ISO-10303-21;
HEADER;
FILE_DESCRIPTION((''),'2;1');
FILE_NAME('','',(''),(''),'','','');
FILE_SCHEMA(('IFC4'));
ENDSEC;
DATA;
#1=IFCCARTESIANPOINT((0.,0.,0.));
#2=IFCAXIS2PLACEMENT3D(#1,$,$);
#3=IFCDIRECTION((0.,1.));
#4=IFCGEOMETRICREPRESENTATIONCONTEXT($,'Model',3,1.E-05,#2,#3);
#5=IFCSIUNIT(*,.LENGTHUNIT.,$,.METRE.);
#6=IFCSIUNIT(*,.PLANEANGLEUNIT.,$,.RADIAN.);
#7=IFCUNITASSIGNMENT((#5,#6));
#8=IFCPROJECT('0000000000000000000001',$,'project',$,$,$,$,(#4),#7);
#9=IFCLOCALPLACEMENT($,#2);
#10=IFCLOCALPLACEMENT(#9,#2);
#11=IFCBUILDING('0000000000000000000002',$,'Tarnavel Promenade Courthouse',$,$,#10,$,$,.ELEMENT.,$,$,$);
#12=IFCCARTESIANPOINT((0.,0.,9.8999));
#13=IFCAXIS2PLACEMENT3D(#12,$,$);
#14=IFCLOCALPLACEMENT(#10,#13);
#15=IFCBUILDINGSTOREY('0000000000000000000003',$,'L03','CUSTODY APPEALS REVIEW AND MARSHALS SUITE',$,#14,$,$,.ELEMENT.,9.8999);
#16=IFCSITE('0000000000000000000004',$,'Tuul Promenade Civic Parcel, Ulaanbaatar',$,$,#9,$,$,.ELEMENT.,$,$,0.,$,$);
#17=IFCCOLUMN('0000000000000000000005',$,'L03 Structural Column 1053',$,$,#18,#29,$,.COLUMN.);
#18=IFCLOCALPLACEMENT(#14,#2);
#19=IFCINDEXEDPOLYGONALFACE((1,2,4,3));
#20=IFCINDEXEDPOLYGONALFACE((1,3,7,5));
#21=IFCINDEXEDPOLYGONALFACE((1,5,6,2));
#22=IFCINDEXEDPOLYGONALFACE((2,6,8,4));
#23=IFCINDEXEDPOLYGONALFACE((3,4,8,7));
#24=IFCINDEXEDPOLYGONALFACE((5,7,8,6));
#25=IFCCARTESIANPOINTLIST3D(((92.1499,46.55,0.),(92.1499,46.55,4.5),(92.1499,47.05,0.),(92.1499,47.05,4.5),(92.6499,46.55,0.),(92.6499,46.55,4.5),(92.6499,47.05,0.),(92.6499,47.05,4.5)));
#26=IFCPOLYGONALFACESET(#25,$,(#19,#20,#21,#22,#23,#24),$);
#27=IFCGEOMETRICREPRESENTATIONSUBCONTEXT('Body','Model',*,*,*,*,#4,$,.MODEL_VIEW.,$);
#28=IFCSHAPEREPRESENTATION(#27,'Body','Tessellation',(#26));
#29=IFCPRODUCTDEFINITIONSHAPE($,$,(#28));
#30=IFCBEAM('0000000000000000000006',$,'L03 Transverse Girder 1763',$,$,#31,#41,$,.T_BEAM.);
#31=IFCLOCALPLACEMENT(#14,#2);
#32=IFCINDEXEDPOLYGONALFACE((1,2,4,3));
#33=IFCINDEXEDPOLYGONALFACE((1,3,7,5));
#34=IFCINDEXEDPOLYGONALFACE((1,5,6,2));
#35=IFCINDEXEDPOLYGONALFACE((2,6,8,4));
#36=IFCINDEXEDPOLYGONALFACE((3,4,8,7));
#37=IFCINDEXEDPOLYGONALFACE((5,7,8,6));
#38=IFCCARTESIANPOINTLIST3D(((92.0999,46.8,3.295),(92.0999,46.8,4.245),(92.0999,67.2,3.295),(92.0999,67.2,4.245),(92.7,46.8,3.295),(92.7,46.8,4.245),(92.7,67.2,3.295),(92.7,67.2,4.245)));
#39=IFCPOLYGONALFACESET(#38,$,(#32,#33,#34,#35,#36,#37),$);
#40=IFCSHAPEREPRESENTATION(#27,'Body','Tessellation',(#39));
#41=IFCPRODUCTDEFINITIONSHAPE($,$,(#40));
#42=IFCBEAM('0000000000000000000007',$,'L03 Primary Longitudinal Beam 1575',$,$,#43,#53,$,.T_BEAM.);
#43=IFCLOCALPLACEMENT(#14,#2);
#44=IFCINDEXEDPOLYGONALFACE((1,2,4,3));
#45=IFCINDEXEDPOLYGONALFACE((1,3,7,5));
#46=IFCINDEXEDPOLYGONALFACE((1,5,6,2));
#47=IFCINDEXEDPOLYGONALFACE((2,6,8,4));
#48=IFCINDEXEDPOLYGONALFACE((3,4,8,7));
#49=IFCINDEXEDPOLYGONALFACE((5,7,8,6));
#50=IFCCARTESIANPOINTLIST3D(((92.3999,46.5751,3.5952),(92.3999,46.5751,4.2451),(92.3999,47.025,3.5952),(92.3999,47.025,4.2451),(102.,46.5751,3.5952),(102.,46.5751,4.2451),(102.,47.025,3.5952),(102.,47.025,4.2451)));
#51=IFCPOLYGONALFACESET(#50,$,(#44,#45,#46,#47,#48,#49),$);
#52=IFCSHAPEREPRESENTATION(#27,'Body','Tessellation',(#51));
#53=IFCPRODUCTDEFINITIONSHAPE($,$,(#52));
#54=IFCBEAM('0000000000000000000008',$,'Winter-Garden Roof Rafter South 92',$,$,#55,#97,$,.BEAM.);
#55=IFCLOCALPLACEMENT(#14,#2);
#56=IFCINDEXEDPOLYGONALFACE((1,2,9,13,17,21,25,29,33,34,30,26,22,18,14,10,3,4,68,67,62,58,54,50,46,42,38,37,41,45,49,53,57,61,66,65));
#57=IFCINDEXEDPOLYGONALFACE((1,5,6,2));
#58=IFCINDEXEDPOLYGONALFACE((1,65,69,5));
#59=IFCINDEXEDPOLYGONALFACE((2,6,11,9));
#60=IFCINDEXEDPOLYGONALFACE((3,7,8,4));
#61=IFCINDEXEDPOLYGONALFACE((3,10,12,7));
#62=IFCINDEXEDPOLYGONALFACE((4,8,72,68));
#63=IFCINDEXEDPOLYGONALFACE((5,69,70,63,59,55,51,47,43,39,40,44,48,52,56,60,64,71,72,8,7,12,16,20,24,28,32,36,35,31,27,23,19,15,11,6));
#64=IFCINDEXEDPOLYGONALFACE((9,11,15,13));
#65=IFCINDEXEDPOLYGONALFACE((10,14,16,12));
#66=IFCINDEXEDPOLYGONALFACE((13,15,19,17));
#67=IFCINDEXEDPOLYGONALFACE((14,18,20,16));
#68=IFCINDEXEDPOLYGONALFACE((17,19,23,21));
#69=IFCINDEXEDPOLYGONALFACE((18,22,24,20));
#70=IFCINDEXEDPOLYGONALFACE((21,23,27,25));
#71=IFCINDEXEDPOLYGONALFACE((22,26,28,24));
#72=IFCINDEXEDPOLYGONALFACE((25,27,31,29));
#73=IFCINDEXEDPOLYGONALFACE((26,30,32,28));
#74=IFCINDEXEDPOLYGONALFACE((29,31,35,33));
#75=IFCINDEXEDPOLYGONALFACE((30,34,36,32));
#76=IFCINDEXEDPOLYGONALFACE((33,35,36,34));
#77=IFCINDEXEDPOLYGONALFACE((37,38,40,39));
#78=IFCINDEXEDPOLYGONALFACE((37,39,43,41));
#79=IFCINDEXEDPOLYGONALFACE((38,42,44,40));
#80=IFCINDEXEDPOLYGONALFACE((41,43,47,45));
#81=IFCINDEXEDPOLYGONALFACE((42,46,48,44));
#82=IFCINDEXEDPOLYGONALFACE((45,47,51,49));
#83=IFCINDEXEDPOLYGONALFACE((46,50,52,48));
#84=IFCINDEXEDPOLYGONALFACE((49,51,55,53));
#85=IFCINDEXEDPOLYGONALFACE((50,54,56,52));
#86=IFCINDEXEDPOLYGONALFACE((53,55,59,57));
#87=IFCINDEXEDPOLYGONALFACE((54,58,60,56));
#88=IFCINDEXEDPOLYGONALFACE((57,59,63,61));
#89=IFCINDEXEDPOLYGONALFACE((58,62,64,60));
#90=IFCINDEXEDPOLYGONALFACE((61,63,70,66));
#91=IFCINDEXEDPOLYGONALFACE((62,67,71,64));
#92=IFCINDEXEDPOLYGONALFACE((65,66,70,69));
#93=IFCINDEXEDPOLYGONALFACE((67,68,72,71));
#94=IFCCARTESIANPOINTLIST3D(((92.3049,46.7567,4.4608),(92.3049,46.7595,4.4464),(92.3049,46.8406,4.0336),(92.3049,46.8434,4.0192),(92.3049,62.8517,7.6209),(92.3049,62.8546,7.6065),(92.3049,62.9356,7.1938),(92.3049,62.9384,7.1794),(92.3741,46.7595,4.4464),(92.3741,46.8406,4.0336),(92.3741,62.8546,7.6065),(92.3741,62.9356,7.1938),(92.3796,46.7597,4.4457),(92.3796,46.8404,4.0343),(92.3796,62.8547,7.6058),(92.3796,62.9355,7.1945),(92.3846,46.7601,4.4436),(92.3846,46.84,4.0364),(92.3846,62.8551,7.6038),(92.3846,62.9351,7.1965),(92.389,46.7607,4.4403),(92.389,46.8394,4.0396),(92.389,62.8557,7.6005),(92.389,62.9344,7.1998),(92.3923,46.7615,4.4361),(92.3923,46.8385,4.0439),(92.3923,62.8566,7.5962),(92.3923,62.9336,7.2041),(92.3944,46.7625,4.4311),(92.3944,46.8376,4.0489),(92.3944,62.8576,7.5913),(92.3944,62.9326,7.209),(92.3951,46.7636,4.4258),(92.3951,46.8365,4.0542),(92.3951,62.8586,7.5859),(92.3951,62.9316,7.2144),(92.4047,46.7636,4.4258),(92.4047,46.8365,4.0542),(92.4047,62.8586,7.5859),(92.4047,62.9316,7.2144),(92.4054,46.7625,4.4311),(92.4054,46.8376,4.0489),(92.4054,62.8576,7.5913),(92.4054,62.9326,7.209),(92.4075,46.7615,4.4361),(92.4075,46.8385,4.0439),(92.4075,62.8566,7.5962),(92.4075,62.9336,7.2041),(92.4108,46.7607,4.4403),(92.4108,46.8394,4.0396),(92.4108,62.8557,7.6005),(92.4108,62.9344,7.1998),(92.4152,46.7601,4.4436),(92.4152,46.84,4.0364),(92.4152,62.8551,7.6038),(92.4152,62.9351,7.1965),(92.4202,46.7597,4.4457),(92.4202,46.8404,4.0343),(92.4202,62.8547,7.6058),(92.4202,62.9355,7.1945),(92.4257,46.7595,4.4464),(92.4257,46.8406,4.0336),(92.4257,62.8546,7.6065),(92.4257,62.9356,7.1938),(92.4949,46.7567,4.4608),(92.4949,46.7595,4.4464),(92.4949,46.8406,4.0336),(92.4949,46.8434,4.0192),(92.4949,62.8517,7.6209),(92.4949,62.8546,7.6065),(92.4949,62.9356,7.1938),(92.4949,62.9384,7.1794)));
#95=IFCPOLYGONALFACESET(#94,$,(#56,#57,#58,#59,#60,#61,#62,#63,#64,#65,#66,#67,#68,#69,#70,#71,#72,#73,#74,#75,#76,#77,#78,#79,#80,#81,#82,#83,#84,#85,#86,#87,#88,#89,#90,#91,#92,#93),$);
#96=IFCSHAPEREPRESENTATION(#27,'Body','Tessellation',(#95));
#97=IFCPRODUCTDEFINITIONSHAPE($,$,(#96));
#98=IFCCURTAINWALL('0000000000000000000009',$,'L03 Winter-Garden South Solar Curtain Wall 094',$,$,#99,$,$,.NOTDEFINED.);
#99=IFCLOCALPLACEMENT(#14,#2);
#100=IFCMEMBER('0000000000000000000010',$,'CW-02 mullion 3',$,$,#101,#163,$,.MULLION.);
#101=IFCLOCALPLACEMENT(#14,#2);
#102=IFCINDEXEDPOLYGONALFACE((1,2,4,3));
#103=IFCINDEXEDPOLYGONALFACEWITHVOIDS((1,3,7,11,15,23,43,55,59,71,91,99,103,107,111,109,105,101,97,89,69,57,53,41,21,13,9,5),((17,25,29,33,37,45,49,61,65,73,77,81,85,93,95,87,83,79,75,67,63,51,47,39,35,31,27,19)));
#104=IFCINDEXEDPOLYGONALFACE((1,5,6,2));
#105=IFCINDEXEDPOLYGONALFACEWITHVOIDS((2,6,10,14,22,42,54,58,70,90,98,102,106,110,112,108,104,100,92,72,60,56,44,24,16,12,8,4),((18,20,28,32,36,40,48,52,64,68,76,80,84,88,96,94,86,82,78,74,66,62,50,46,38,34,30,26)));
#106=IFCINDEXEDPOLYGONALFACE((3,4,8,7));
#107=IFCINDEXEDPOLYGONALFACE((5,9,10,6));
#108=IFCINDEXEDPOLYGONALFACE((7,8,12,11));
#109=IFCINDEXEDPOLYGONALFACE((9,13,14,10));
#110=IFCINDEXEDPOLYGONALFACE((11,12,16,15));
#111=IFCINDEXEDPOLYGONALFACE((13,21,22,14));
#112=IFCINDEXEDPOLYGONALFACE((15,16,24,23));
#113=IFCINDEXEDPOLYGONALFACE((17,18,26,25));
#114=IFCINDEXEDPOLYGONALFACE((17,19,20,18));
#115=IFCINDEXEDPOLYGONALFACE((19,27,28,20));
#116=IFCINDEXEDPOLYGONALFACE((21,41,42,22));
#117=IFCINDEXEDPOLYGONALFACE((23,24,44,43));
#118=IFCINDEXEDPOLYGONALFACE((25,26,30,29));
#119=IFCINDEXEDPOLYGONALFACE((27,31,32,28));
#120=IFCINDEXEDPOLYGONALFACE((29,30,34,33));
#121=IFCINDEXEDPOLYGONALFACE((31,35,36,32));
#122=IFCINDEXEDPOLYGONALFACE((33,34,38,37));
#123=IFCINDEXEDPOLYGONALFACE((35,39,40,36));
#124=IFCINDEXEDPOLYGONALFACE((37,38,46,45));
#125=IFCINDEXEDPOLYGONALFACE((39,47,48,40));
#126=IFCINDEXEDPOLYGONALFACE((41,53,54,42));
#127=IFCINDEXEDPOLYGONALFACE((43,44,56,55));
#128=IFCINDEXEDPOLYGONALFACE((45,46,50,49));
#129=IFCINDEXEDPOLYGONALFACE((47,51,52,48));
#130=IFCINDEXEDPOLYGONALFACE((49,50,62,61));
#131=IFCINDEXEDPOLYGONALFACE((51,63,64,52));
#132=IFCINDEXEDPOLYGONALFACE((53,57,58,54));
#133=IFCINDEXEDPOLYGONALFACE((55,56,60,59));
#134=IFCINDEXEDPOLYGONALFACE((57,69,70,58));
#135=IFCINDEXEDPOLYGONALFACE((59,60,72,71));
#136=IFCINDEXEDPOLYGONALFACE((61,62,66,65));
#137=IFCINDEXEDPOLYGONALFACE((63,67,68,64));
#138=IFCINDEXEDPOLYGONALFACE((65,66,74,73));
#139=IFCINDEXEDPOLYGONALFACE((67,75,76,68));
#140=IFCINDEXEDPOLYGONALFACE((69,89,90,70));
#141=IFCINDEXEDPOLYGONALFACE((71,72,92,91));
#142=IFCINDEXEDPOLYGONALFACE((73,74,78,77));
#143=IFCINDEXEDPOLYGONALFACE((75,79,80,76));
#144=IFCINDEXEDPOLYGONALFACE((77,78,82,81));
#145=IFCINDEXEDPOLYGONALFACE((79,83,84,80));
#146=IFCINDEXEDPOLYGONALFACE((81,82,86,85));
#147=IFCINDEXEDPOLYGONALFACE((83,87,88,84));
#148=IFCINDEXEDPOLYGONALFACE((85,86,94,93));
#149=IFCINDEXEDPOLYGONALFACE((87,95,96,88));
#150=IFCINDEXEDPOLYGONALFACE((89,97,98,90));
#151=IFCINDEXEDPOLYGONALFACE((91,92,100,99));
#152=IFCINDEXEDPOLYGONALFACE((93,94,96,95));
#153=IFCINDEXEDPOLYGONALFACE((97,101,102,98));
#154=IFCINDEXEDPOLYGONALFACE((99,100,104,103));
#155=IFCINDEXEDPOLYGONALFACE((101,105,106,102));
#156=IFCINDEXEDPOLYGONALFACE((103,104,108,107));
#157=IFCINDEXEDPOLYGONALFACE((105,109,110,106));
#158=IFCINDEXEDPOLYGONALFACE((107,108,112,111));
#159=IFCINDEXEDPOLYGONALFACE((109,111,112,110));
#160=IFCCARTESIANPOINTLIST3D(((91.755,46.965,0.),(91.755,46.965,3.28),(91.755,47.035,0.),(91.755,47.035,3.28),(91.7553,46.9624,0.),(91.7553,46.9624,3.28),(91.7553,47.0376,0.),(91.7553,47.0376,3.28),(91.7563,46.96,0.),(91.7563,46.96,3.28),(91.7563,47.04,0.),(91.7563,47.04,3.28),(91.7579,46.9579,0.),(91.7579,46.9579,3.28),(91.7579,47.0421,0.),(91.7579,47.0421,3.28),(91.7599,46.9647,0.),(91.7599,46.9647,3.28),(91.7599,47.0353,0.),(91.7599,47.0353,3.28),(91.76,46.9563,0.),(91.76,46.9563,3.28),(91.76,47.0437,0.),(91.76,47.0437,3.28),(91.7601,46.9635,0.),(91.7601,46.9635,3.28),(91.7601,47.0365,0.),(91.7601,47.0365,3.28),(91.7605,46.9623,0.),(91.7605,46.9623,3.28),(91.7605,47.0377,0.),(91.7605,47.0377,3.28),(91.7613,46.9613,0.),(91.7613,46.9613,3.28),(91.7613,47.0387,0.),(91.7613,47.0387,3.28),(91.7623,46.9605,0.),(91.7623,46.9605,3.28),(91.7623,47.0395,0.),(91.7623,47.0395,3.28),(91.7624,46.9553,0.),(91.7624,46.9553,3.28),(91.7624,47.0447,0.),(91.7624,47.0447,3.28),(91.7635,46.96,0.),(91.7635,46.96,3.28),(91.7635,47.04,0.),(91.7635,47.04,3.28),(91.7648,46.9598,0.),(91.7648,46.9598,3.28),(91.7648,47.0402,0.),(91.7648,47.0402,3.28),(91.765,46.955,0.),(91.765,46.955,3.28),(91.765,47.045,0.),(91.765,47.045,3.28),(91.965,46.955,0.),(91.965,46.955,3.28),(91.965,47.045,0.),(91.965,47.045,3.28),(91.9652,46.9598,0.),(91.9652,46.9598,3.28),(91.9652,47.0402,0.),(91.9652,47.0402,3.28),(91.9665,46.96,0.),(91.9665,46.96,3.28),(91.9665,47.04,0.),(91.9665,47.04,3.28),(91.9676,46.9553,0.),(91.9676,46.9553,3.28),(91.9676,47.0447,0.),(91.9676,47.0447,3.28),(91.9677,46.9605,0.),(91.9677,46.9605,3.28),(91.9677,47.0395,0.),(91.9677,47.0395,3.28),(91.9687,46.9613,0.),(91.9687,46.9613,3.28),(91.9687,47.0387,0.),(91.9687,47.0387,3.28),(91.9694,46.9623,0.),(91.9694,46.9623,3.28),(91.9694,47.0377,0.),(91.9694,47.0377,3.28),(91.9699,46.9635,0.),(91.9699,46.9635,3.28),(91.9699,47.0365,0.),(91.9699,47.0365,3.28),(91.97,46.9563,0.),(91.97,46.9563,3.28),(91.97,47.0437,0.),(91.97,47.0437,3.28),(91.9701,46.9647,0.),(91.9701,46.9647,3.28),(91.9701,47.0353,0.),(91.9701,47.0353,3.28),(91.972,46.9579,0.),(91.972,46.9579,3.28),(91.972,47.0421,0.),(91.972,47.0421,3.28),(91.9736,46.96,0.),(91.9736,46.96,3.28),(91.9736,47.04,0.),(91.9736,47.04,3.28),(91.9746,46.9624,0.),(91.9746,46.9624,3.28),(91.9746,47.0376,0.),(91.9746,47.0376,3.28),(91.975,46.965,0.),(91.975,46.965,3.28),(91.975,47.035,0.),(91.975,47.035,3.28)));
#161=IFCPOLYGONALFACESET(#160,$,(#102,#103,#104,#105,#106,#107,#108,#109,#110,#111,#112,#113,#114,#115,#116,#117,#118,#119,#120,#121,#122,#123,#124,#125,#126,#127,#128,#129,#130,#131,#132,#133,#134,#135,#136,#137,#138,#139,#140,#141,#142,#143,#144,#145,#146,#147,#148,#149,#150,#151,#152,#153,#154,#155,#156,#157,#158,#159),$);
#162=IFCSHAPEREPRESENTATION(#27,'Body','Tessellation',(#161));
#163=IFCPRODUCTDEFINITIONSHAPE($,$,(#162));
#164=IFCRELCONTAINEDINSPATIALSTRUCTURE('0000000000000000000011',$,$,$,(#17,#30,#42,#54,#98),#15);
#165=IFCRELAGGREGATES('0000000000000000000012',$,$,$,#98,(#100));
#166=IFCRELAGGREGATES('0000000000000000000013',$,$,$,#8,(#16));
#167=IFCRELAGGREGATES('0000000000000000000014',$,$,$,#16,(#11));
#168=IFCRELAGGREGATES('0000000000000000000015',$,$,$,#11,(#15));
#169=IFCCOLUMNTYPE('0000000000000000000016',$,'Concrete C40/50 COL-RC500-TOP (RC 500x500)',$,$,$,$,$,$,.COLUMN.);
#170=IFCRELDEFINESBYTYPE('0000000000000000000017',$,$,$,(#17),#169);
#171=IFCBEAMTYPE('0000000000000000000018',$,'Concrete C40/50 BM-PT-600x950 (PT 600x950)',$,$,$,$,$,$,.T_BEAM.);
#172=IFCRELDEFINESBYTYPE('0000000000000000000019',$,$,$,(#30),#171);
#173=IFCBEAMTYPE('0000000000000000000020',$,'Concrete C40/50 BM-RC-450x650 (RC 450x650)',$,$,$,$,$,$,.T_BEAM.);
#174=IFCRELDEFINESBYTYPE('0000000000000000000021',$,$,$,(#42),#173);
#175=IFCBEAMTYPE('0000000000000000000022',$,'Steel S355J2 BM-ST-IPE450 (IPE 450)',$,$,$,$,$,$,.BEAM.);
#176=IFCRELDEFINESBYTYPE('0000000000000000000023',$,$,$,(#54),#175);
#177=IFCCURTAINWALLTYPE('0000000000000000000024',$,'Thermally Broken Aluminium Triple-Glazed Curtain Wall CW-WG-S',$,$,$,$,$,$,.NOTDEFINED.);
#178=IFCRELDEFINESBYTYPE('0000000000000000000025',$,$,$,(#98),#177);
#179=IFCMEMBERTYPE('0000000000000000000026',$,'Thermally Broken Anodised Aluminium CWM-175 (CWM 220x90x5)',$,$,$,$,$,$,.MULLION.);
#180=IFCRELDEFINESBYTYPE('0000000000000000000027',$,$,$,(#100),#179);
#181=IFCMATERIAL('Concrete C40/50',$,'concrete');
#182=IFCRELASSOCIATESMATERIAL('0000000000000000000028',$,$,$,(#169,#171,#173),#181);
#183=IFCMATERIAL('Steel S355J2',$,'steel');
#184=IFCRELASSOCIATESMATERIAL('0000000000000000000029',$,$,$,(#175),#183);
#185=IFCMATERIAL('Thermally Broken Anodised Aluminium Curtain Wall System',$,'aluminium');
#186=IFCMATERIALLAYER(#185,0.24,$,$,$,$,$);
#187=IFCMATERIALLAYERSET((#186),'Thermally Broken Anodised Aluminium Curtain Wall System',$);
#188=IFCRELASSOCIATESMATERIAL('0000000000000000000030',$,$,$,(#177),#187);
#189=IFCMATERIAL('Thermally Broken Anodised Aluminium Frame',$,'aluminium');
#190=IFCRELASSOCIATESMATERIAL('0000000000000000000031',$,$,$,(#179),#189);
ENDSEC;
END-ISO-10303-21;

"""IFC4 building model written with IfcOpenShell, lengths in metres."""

from ifc_helpers import new_model, si_unit, direction, frame, origin, origin_2d, place, context, subcontext, project, spatial, rectangle, hollow_rectangle, i_section, extrude, material, layer, layer_set, material_profile, profile_set, type_object, element, aggregate, save


model = new_model("IFC4")

# Units and contexts
model_context = context("Model", 3, precision=1e-05, world=origin(), true_north=direction((0.0, 1.0)))
body_context = subcontext(model_context, "Body", "Model", "MODEL_VIEW")
ifc_project = project(units=[si_unit("LENGTHUNIT", "METRE"), si_unit("PLANEANGLEUNIT", "RADIAN")], contexts=[model_context])

# Site, building, storey
site_placement = place(None, origin())
site = spatial("IfcSite", under=ifc_project, at=site_placement, Name="Tuul Promenade Civic Parcel, Ulaanbaatar", CompositionType="ELEMENT", RefElevation=0.0)
building_placement = place(site_placement, origin())
building = spatial("IfcBuilding", under=site, at=building_placement, Name="Tarnavel Promenade Courthouse", CompositionType="ELEMENT")
storey_placement = place(building_placement, frame((0.0, 0.0, 9.8999)))
storey = spatial("IfcBuildingStorey", under=building, at=storey_placement, Name="L03", Description="CUSTODY APPEALS REVIEW AND MARSHALS SUITE", CompositionType="ELEMENT", Elevation=9.8999)

# Column
ifc_material_1 = material(Name="Concrete C40/50", Category="concrete")
ifc_material_profile_1 = material_profile(ifc_material_1, rectangle(XDim=0.5, YDim=0.5, at=origin_2d()), Name="RC 500x500")
ifc_profile_set_1 = profile_set([ifc_material_profile_1], Name="Concrete C40/50")
column_type = type_object("IfcColumnType", Name="Concrete C40/50 COL-RC500-TOP (RC 500x500)", PredefinedType="COLUMN", material=ifc_profile_set_1)
column_placement = place(storey_placement, frame((92.3999, 46.8, 0.0), z_axis=(0.0, 0.0, 1.0), x_axis=(1.0, 0.0, 0.0)))
element("IfcColumn", 1, at=column_placement, inside=storey, type_object=column_type, Name="L03 Structural Column 1053", PredefinedType="COLUMN", context=body_context, shape_type="SweptSolid", body=[
    extrude(rectangle(XDim=0.5, YDim=0.5, at=origin_2d()), origin(), (0.0, 0.0, 1.0), 4.5),
])

# Beams
ifc_material_profile_2 = material_profile(ifc_material_1, rectangle(XDim=0.6001, YDim=0.95, at=origin_2d()), Name="PT 600x950")
ifc_profile_set_2 = profile_set([ifc_material_profile_2], Name="Concrete C40/50")
beam_type_1 = type_object("IfcBeamType", Name="Concrete C40/50 BM-PT-600x950 (PT 600x950)", PredefinedType="T_BEAM", material=ifc_profile_set_2)
beam_1_placement = place(storey_placement, frame((92.3999, 46.8, 3.77), z_axis=(0.0, 1.0, 0.0), x_axis=(-1.0, 0.0, 0.0)))
element("IfcBeam", 2, at=beam_1_placement, inside=storey, type_object=beam_type_1, Name="L03 Transverse Girder 1763", PredefinedType="T_BEAM", context=body_context, shape_type="SweptSolid", body=[
    extrude(rectangle(XDim=0.6001, YDim=0.95, at=origin_2d()), origin(), (0.0, 0.0, 1.0), 20.3999),
])
ifc_material_profile_3 = material_profile(ifc_material_1, rectangle(XDim=0.45, YDim=0.6499, at=origin_2d()), Name="RC 450x650")
ifc_profile_set_3 = profile_set([ifc_material_profile_3], Name="Concrete C40/50")
beam_type_2 = type_object("IfcBeamType", Name="Concrete C40/50 BM-RC-450x650 (RC 450x650)", PredefinedType="T_BEAM", material=ifc_profile_set_3)
beam_2_placement = place(storey_placement, frame((92.3999, 46.8, 3.9202), z_axis=(1.0, 0.0, 0.0), x_axis=(0.0, 1.0, 0.0)))
element("IfcBeam", 3, at=beam_2_placement, inside=storey, type_object=beam_type_2, Name="L03 Primary Longitudinal Beam 1575", PredefinedType="T_BEAM", context=body_context, shape_type="SweptSolid", body=[
    extrude(rectangle(XDim=0.45, YDim=0.6499, at=origin_2d()), origin(), (0.0, 0.0, 1.0), 9.6001),
])
ifc_material_2 = material(Name="Steel S355J2", Category="steel")
ifc_material_profile_4 = material_profile(ifc_material_2, i_section(OverallWidth=0.1899, OverallDepth=0.45, WebThickness=0.0095, FlangeThickness=0.0146, FilletRadius=0.021, at=origin_2d()), Name="IPE 450")
ifc_profile_set_4 = profile_set([ifc_material_profile_4], Name="Steel S355J2")
beam_type_3 = type_object("IfcBeamType", Name="Steel S355J2 BM-ST-IPE450 (IPE 450)", PredefinedType="BEAM", material=ifc_profile_set_4)
beam_3_placement = place(storey_placement, frame((92.3999, 46.8, 4.24), z_axis=(0.0, 0.981264, 0.192666), x_axis=(-1.0, 0.0, 0.0)))
element("IfcBeam", 4, at=beam_3_placement, inside=storey, type_object=beam_type_3, Name="Winter-Garden Roof Rafter South 92", PredefinedType="BEAM", context=body_context, shape_type="SweptSolid", body=[
    extrude(i_section(OverallWidth=0.1899, OverallDepth=0.45, WebThickness=0.0095, FlangeThickness=0.0146, FilletRadius=0.021, at=origin_2d()), origin(), (0.0, 0.0, 1.0), 16.4023),
])

# Curtain wall, member
ifc_material_3 = material(Name="Thermally Broken Anodised Aluminium Curtain Wall System", Category="aluminium")
ifc_layer_1 = layer(ifc_material_3, 0.24)
ifc_layer_set_1 = layer_set([ifc_layer_1], Name="Thermally Broken Anodised Aluminium Curtain Wall System")
curtain_wall_type = type_object("IfcCurtainWallType", Name="Thermally Broken Aluminium Triple-Glazed Curtain Wall CW-WG-S", PredefinedType="NOTDEFINED", material=ifc_layer_set_1)
curtain_wall_1_placement = place(storey_placement, origin())
curtain_wall_1 = element("IfcCurtainWall", 5, at=curtain_wall_1_placement, inside=storey, type_object=curtain_wall_type, Name="L03 Winter-Garden South Solar Curtain Wall 094", PredefinedType="NOTDEFINED")
ifc_material_4 = material(Name="Thermally Broken Anodised Aluminium Frame", Category="aluminium")
ifc_material_profile_5 = material_profile(ifc_material_4, hollow_rectangle(XDim=0.0901, YDim=0.22, WallThickness=0.0049, InnerFilletRadius=0.0049, OuterFilletRadius=0.01, at=origin_2d()), Name="CWM 220x90x5")
ifc_profile_set_5 = profile_set([ifc_material_profile_5], Name="Thermally Broken Anodised Aluminium Frame")
member_type_1 = type_object("IfcMemberType", Name="Thermally Broken Anodised Aluminium CWM-175 (CWM 220x90x5)", PredefinedType="MULLION", material=ifc_profile_set_5)
member_1_placement = place(storey_placement, frame((91.865, 47.0, 0.0), z_axis=(0.0, 0.0, 1.0), x_axis=(0.0, 1.0, 0.0)))
member_1 = element("IfcMember", 6, at=member_1_placement, type_object=member_type_1, Name="CW-02 mullion 3", PredefinedType="MULLION", context=body_context, shape_type="SweptSolid", body=[
    extrude(hollow_rectangle(XDim=0.0901, YDim=0.22, WallThickness=0.0049, InnerFilletRadius=0.0049, OuterFilletRadius=0.01, at=origin_2d()), origin(), (0.0, 0.0, 1.0), 3.28),
])

aggregate(curtain_wall_1, [member_1])

save(model, "model.ifc")
